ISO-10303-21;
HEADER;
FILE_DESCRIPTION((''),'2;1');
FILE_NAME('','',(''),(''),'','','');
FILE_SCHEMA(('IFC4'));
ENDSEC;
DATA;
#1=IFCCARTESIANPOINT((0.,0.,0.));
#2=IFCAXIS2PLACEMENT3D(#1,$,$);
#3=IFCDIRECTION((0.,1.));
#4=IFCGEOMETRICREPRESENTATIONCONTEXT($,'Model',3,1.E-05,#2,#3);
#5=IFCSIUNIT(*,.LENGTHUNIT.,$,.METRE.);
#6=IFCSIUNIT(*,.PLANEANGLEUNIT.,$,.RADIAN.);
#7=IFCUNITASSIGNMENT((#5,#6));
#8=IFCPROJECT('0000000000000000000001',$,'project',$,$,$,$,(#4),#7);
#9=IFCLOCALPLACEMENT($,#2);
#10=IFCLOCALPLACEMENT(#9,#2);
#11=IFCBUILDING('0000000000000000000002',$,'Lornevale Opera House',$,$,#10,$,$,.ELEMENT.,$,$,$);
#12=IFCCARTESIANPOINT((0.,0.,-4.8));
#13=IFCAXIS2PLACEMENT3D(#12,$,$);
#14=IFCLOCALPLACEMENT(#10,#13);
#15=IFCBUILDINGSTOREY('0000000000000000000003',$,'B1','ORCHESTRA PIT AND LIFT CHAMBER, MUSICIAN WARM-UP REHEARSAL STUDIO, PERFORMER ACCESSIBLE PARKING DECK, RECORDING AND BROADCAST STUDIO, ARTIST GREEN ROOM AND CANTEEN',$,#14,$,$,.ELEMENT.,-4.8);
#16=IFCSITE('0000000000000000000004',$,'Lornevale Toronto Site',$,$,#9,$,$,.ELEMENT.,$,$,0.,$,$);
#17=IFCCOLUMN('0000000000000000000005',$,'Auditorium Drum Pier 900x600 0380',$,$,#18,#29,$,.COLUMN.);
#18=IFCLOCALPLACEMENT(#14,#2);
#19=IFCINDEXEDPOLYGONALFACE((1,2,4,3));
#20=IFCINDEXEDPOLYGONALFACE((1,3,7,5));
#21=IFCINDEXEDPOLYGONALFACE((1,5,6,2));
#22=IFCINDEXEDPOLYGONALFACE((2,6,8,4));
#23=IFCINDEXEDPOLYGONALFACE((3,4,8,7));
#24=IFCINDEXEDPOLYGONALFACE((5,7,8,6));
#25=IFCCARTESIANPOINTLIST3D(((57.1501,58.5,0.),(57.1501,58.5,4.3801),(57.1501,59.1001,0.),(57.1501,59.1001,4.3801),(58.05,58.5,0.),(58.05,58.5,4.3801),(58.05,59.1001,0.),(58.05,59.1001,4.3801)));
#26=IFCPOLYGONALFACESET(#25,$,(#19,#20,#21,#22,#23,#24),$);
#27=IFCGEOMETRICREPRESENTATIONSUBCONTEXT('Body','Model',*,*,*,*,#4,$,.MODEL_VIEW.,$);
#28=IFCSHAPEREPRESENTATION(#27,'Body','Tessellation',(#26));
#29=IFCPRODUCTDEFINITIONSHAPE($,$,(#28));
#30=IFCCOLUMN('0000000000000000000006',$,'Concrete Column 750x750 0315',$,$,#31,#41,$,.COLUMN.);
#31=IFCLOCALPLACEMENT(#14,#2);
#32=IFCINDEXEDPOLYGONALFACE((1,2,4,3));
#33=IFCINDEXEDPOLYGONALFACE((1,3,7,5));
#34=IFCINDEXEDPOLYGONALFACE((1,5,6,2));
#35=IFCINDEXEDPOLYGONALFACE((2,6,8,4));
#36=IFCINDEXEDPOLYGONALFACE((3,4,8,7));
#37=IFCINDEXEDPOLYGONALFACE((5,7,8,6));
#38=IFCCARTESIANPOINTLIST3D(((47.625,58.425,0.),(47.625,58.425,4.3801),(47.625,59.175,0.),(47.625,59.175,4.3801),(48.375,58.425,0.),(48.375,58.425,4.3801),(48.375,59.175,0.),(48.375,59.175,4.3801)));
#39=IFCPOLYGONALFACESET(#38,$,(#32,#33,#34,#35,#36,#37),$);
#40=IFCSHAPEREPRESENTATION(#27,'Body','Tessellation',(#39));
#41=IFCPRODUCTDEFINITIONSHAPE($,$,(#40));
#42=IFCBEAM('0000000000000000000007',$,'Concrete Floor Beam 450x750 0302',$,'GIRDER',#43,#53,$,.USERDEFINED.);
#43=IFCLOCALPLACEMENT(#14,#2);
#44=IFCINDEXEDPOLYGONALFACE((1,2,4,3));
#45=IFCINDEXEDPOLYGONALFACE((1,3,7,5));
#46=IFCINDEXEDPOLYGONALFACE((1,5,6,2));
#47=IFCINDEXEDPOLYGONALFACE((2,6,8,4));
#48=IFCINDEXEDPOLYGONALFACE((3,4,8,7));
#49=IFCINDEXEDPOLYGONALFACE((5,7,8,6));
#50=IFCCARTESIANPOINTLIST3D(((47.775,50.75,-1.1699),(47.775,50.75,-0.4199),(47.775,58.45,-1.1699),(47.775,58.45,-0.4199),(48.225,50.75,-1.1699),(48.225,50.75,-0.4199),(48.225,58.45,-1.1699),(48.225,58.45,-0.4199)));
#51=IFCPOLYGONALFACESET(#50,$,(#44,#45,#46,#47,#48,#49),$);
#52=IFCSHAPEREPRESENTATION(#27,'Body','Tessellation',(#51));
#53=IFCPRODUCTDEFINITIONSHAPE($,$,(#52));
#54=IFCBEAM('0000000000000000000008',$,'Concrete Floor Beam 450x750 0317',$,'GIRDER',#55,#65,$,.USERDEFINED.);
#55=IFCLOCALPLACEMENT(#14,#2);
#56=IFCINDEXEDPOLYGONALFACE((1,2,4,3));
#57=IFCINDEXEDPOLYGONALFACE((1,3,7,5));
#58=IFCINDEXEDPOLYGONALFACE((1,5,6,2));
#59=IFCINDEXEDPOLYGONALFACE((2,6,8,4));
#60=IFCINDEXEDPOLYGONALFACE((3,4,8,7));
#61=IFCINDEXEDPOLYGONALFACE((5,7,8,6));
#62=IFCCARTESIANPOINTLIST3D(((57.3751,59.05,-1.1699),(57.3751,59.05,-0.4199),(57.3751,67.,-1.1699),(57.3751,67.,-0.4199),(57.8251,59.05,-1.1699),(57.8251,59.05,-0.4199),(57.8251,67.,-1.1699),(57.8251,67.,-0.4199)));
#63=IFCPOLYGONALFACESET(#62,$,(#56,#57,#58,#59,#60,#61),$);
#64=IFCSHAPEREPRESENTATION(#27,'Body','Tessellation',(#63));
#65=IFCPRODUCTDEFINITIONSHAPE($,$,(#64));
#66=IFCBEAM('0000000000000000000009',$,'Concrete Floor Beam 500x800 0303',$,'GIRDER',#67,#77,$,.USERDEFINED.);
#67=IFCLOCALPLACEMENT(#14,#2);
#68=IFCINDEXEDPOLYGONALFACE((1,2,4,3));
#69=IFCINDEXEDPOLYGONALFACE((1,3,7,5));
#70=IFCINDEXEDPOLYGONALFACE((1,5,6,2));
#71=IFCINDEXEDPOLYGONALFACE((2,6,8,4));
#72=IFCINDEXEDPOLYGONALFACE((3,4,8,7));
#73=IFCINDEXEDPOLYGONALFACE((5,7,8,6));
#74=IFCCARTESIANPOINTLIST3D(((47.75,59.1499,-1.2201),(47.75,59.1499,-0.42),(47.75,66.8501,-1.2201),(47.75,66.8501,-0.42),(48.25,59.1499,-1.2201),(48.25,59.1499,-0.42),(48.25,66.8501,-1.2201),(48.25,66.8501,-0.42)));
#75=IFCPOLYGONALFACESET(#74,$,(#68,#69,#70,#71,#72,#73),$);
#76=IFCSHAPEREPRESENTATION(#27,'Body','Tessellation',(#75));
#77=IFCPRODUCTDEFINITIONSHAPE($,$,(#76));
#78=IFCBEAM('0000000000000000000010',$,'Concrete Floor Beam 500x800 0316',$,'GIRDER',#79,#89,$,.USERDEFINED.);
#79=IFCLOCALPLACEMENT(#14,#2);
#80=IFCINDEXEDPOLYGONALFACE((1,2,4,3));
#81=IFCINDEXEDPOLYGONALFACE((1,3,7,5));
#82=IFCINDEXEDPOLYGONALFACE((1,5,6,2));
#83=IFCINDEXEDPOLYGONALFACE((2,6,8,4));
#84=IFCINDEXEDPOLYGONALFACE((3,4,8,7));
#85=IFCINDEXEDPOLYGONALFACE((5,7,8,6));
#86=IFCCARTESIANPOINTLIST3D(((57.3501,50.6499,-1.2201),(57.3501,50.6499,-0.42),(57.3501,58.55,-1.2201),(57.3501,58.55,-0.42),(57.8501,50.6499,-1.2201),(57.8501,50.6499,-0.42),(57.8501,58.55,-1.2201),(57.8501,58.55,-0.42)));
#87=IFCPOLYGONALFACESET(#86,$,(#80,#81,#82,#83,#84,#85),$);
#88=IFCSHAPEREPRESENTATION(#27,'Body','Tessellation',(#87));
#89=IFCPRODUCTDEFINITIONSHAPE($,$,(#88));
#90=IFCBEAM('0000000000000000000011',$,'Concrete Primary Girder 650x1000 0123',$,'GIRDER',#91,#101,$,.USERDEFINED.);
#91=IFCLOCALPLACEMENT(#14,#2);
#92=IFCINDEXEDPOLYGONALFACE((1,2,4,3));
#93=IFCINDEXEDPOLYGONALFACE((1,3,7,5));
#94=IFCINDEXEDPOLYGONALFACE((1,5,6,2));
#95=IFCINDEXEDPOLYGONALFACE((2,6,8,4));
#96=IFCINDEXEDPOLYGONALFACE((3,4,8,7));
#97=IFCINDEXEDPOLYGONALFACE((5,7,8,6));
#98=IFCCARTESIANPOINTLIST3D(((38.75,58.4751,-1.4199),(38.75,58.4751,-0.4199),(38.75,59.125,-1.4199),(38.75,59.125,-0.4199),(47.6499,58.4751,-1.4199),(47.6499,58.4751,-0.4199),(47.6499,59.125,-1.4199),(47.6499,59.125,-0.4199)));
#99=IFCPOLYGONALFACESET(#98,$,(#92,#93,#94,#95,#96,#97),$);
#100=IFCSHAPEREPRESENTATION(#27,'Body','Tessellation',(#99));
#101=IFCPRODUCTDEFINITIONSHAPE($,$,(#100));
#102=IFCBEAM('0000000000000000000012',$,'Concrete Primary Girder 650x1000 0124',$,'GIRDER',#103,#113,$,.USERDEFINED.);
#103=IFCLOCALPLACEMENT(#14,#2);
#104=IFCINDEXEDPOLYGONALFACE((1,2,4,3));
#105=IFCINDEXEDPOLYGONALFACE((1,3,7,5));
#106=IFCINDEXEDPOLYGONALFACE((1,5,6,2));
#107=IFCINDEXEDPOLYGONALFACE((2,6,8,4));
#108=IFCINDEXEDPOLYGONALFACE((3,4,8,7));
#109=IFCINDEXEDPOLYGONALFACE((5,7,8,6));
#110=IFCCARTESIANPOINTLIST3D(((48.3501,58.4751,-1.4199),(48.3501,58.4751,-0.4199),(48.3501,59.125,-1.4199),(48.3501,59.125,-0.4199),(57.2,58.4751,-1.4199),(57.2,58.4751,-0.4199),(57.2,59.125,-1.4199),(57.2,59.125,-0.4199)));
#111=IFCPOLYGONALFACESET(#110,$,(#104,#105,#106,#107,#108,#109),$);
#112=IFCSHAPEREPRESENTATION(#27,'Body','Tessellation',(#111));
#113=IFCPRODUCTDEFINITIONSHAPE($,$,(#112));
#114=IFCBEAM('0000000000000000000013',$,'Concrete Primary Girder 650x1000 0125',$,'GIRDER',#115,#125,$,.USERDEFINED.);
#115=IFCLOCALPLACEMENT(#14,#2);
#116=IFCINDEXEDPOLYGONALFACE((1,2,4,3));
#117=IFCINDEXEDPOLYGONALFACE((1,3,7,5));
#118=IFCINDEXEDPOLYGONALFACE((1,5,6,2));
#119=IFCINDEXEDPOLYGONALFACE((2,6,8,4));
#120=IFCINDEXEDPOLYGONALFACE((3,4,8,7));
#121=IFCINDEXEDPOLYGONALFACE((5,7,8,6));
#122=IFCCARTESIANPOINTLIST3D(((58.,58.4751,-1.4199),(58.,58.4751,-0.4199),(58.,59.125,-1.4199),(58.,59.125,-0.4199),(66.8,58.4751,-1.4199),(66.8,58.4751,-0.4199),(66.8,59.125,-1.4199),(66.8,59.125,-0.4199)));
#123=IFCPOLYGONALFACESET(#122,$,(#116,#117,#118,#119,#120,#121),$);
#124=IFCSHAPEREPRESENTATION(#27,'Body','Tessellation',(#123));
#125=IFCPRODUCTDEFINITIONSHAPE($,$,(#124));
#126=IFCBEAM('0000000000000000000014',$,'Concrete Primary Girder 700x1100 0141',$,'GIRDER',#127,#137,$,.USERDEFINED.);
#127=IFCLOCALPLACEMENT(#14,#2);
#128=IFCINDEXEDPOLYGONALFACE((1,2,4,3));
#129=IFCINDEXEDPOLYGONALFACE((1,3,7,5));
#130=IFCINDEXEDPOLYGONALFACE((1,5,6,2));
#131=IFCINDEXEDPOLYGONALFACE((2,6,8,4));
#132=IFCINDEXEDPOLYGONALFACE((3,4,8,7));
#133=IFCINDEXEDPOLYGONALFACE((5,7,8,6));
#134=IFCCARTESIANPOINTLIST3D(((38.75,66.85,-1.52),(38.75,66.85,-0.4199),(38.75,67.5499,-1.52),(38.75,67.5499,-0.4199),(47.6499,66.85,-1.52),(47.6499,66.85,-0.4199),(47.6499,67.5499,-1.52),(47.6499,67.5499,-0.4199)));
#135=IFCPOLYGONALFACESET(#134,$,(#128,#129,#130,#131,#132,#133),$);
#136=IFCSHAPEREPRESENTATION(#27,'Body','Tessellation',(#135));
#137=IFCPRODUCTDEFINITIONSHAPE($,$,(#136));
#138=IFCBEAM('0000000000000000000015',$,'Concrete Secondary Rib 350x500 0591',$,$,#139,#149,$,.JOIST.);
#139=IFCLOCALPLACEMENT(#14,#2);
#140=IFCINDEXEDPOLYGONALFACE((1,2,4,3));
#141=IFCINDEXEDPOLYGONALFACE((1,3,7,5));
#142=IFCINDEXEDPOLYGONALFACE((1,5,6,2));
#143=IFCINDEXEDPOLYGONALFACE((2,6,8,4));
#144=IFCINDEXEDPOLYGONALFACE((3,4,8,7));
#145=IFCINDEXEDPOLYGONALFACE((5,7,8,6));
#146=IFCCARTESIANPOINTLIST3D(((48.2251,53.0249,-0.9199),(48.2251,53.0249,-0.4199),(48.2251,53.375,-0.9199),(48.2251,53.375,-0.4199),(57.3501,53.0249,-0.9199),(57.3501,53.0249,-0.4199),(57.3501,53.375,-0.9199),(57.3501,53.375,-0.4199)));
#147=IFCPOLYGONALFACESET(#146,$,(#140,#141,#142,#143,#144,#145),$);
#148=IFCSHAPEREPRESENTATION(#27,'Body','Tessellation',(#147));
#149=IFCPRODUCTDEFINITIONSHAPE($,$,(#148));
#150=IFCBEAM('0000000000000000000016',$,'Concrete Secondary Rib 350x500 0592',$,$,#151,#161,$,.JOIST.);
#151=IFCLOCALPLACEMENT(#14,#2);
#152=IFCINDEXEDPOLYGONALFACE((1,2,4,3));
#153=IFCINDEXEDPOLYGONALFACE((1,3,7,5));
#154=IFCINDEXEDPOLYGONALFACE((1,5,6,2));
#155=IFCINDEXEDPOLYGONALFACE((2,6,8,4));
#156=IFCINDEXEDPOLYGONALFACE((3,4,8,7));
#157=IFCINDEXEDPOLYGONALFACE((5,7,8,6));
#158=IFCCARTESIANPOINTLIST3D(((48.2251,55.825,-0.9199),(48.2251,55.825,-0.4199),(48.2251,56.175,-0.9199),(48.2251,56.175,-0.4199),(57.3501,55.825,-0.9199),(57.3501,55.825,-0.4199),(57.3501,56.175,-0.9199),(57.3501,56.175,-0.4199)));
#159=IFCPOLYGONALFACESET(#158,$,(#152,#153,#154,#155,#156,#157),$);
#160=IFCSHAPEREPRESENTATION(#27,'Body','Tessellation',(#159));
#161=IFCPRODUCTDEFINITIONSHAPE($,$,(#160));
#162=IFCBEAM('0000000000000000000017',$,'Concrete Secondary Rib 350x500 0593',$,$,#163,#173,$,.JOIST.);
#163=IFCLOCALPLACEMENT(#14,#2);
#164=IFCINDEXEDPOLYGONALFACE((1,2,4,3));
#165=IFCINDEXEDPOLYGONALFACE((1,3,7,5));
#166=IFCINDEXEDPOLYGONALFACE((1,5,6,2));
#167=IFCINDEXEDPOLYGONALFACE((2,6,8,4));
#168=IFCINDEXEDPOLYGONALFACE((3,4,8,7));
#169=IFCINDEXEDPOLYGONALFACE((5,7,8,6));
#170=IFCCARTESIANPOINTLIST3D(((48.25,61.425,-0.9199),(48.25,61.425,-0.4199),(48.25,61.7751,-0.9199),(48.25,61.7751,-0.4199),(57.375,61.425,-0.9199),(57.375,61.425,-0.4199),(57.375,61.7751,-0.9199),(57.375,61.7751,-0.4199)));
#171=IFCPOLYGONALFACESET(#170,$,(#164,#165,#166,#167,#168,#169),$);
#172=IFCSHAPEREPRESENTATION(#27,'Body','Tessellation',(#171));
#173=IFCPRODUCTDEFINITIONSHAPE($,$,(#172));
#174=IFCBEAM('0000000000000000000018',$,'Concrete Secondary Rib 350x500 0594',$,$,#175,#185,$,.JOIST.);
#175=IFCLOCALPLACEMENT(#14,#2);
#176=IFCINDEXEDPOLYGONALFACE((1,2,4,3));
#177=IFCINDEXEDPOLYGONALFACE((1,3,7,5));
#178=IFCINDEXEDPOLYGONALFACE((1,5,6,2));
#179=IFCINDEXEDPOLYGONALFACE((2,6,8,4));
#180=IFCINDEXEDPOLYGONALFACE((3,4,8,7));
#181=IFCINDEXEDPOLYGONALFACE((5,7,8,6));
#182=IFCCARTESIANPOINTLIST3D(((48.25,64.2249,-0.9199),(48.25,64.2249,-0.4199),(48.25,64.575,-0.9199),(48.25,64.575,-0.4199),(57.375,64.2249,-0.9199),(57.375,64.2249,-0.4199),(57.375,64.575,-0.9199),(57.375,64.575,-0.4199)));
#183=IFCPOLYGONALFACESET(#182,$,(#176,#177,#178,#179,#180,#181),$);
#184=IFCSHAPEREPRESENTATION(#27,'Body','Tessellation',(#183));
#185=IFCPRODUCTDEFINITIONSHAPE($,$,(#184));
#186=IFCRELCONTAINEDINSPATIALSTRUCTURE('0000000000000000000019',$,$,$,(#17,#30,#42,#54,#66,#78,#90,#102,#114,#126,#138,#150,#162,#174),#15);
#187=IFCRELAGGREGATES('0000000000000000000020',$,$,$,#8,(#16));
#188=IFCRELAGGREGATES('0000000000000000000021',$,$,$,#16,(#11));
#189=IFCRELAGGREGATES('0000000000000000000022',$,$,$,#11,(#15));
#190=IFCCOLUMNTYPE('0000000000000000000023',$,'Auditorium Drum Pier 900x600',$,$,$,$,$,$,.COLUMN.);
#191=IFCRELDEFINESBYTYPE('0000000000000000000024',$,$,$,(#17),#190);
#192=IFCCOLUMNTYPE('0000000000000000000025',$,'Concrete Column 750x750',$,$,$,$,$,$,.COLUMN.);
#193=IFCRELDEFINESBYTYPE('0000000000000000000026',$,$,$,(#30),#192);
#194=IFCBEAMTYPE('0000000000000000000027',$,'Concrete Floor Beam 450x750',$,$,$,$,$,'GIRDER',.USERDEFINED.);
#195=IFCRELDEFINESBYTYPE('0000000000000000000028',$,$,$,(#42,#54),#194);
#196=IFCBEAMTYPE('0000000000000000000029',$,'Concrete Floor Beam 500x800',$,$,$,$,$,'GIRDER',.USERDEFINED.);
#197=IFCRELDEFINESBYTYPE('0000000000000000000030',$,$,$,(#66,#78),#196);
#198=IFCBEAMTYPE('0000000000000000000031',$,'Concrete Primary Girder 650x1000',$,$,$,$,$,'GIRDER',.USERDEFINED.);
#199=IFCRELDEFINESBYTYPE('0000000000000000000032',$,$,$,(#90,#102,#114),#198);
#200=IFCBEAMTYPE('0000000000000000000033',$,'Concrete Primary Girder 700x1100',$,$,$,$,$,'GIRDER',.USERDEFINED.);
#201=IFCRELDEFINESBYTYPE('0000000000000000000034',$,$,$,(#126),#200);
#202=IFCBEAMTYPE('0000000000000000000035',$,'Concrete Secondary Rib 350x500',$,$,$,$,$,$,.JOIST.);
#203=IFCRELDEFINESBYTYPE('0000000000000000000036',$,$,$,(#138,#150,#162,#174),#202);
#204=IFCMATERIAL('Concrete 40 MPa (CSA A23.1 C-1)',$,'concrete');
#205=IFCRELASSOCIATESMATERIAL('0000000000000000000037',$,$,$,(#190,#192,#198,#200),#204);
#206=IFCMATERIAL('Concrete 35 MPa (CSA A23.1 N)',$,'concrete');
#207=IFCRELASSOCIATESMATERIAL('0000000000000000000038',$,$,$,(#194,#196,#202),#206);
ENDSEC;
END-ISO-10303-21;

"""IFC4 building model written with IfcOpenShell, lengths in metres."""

from ifc_helpers import new_model, si_unit, direction, frame, origin, origin_2d, place, context, subcontext, project, spatial, rectangle, extrude, material, material_profile, profile_set, type_object, element, save


model = new_model("IFC4")

# Units and contexts
model_context = context("Model", 3, precision=1e-05, world=origin(), true_north=direction((0.0, 1.0)))
body_context = subcontext(model_context, "Body", "Model", "MODEL_VIEW")
ifc_project = project(units=[si_unit("LENGTHUNIT", "METRE"), si_unit("PLANEANGLEUNIT", "RADIAN")], contexts=[model_context])

# Site, building, storey
site_placement = place(None, origin())
site = spatial("IfcSite", under=ifc_project, at=site_placement, Name="Lornevale Toronto Site", CompositionType="ELEMENT", RefElevation=0.0)
building_placement = place(site_placement, origin())
building = spatial("IfcBuilding", under=site, at=building_placement, Name="Lornevale Opera House", CompositionType="ELEMENT")
storey_placement = place(building_placement, frame((0.0, 0.0, -4.8)))
storey = spatial("IfcBuildingStorey", under=building, at=storey_placement, Name="B1", Description="ORCHESTRA PIT AND LIFT CHAMBER, MUSICIAN WARM-UP REHEARSAL STUDIO, PERFORMER ACCESSIBLE PARKING DECK, RECORDING AND BROADCAST STUDIO, ARTIST GREEN ROOM AND CANTEEN", CompositionType="ELEMENT", Elevation=-4.8)

# Columns
ifc_material_1 = material(Name="Concrete 40 MPa (CSA A23.1 C-1)", Category="concrete")
ifc_material_profile_1 = material_profile(ifc_material_1, rectangle(XDim=0.8999, YDim=0.6001, at=origin_2d()), Name="RC900x600")
ifc_profile_set_1 = profile_set([ifc_material_profile_1], Name="Concrete 40 MPa (CSA A23.1 C-1)")
column_type_1 = type_object("IfcColumnType", Name="Auditorium Drum Pier 900x600", PredefinedType="COLUMN", material=ifc_profile_set_1)
column_1_placement = place(storey_placement, frame((57.6001, 58.8, 0.0), z_axis=(0.0, 0.0, 1.0), x_axis=(1.0, 0.0, 0.0)))
element("IfcColumn", 1, at=column_1_placement, inside=storey, type_object=column_type_1, Name="Auditorium Drum Pier 900x600 0380", PredefinedType="COLUMN", context=body_context, shape_type="SweptSolid", body=[
    extrude(rectangle(XDim=0.8999, YDim=0.6001, at=origin_2d()), origin(), (0.0, 0.0, 1.0), 4.3801),
])
ifc_material_profile_2 = material_profile(ifc_material_1, rectangle(XDim=0.75, YDim=0.75, at=origin_2d()), Name="RC750x750")
ifc_profile_set_2 = profile_set([ifc_material_profile_2], Name="Concrete 40 MPa (CSA A23.1 C-1)")
column_type_2 = type_object("IfcColumnType", Name="Concrete Column 750x750", PredefinedType="COLUMN", material=ifc_profile_set_2)
column_2_placement = place(storey_placement, frame((48.0, 58.8, 0.0), z_axis=(0.0, 0.0, 1.0), x_axis=(1.0, 0.0, 0.0)))
element("IfcColumn", 2, at=column_2_placement, inside=storey, type_object=column_type_2, Name="Concrete Column 750x750 0315", PredefinedType="COLUMN", context=body_context, shape_type="SweptSolid", body=[
    extrude(rectangle(XDim=0.75, YDim=0.75, at=origin_2d()), origin(), (0.0, 0.0, 1.0), 4.3801),
])

# Beams
ifc_material_2 = material(Name="Concrete 35 MPa (CSA A23.1 N)", Category="concrete")
ifc_material_profile_3 = material_profile(ifc_material_2, rectangle(XDim=0.45, YDim=0.75, at=origin_2d()), Name="RC450x750")
ifc_profile_set_3 = profile_set([ifc_material_profile_3], Name="Concrete 35 MPa (CSA A23.1 N)")
beam_type_1 = type_object("IfcBeamType", Name="Concrete Floor Beam 450x750", ElementType="GIRDER", PredefinedType="USERDEFINED", material=ifc_profile_set_3)
beam_1_placement = place(storey_placement, frame((48.0, 50.75, -0.7949), z_axis=(0.0, 1.0, 0.0), x_axis=(-1.0, 0.0, 0.0)))
element("IfcBeam", 3, at=beam_1_placement, inside=storey, type_object=beam_type_1, Name="Concrete Floor Beam 450x750 0302", ObjectType="GIRDER", PredefinedType="USERDEFINED", context=body_context, shape_type="SweptSolid", body=[
    extrude(rectangle(XDim=0.45, YDim=0.75, at=origin_2d()), origin(), (0.0, 0.0, 1.0), 7.7),
])
beam_2_placement = place(storey_placement, frame((57.6001, 59.05, -0.7949), z_axis=(0.0, 1.0, 0.0), x_axis=(-1.0, 0.0, 0.0)))
element("IfcBeam", 4, at=beam_2_placement, inside=storey, type_object=beam_type_1, Name="Concrete Floor Beam 450x750 0317", ObjectType="GIRDER", PredefinedType="USERDEFINED", context=body_context, shape_type="SweptSolid", body=[
    extrude(rectangle(XDim=0.45, YDim=0.75, at=origin_2d()), origin(), (0.0, 0.0, 1.0), 7.95),
])
ifc_material_profile_4 = material_profile(ifc_material_2, rectangle(XDim=0.5, YDim=0.8, at=origin_2d()), Name="RC500x800")
ifc_profile_set_4 = profile_set([ifc_material_profile_4], Name="Concrete 35 MPa (CSA A23.1 N)")
beam_type_2 = type_object("IfcBeamType", Name="Concrete Floor Beam 500x800", ElementType="GIRDER", PredefinedType="USERDEFINED", material=ifc_profile_set_4)
beam_3_placement = place(storey_placement, frame((48.0, 59.1499, -0.8201), z_axis=(0.0, 1.0, 0.0), x_axis=(-1.0, 0.0, 0.0)))
element("IfcBeam", 5, at=beam_3_placement, inside=storey, type_object=beam_type_2, Name="Concrete Floor Beam 500x800 0303", ObjectType="GIRDER", PredefinedType="USERDEFINED", context=body_context, shape_type="SweptSolid", body=[
    extrude(rectangle(XDim=0.5, YDim=0.8, at=origin_2d()), origin(), (0.0, 0.0, 1.0), 7.7002),
])
beam_4_placement = place(storey_placement, frame((57.6001, 50.6499, -0.8201), z_axis=(0.0, 1.0, 0.0), x_axis=(-1.0, 0.0, 0.0)))
element("IfcBeam", 6, at=beam_4_placement, inside=storey, type_object=beam_type_2, Name="Concrete Floor Beam 500x800 0316", ObjectType="GIRDER", PredefinedType="USERDEFINED", context=body_context, shape_type="SweptSolid", body=[
    extrude(rectangle(XDim=0.5, YDim=0.8, at=origin_2d()), origin(), (0.0, 0.0, 1.0), 7.9001),
])
ifc_material_profile_5 = material_profile(ifc_material_1, rectangle(XDim=0.6499, YDim=1.0, at=origin_2d()), Name="RC650x1000")
ifc_profile_set_5 = profile_set([ifc_material_profile_5], Name="Concrete 40 MPa (CSA A23.1 C-1)")
beam_type_3 = type_object("IfcBeamType", Name="Concrete Primary Girder 650x1000", ElementType="GIRDER", PredefinedType="USERDEFINED", material=ifc_profile_set_5)
beam_5_placement = place(storey_placement, frame((38.75, 58.8, -0.9199), z_axis=(1.0, 0.0, 0.0), x_axis=(0.0, 1.0, 0.0)))
element("IfcBeam", 7, at=beam_5_placement, inside=storey, type_object=beam_type_3, Name="Concrete Primary Girder 650x1000 0123", ObjectType="GIRDER", PredefinedType="USERDEFINED", context=body_context, shape_type="SweptSolid", body=[
    extrude(rectangle(XDim=0.6499, YDim=1.0, at=origin_2d()), origin(), (0.0, 0.0, 1.0), 8.8999),
])
beam_6_placement = place(storey_placement, frame((48.3501, 58.8, -0.9199), z_axis=(1.0, 0.0, 0.0), x_axis=(0.0, 1.0, 0.0)))
element("IfcBeam", 8, at=beam_6_placement, inside=storey, type_object=beam_type_3, Name="Concrete Primary Girder 650x1000 0124", ObjectType="GIRDER", PredefinedType="USERDEFINED", context=body_context, shape_type="SweptSolid", body=[
    extrude(rectangle(XDim=0.6499, YDim=1.0, at=origin_2d()), origin(), (0.0, 0.0, 1.0), 8.8499),
])
beam_7_placement = place(storey_placement, frame((58.0, 58.8, -0.9199), z_axis=(1.0, 0.0, 0.0), x_axis=(0.0, 1.0, 0.0)))
element("IfcBeam", 9, at=beam_7_placement, inside=storey, type_object=beam_type_3, Name="Concrete Primary Girder 650x1000 0125", ObjectType="GIRDER", PredefinedType="USERDEFINED", context=body_context, shape_type="SweptSolid", body=[
    extrude(rectangle(XDim=0.6499, YDim=1.0, at=origin_2d()), origin(), (0.0, 0.0, 1.0), 8.8),
])
ifc_material_profile_6 = material_profile(ifc_material_1, rectangle(XDim=0.7, YDim=1.1001, at=origin_2d()), Name="RC700x1100")
ifc_profile_set_6 = profile_set([ifc_material_profile_6], Name="Concrete 40 MPa (CSA A23.1 C-1)")
beam_type_4 = type_object("IfcBeamType", Name="Concrete Primary Girder 700x1100", ElementType="GIRDER", PredefinedType="USERDEFINED", material=ifc_profile_set_6)
beam_8_placement = place(storey_placement, frame((38.75, 67.2, -0.97), z_axis=(1.0, 0.0, 0.0), x_axis=(0.0, 1.0, 0.0)))
element("IfcBeam", 10, at=beam_8_placement, inside=storey, type_object=beam_type_4, Name="Concrete Primary Girder 700x1100 0141", ObjectType="GIRDER", PredefinedType="USERDEFINED", context=body_context, shape_type="SweptSolid", body=[
    extrude(rectangle(XDim=0.7, YDim=1.1001, at=origin_2d()), origin(), (0.0, 0.0, 1.0), 8.8999),
])
ifc_material_profile_7 = material_profile(ifc_material_2, rectangle(XDim=0.3501, YDim=0.5, at=origin_2d()), Name="RC350x500")
ifc_profile_set_7 = profile_set([ifc_material_profile_7], Name="Concrete 35 MPa (CSA A23.1 N)")
beam_type_5 = type_object("IfcBeamType", Name="Concrete Secondary Rib 350x500", PredefinedType="JOIST", material=ifc_profile_set_7)
for number, where, z_axis, x_axis, name in (
    (11, (48.2251, 53.2, -0.6699), (1.0, 0.0, 0.0), (0.0, 1.0, 0.0), "Concrete Secondary Rib 350x500 0591"),
    (12, (48.2251, 56.0, -0.6699), (1.0, 0.0, 0.0), (0.0, 1.0, 0.0), "Concrete Secondary Rib 350x500 0592"),
    (13, (48.25, 61.6001, -0.6699), (1.0, 0.0, 0.0), (0.0, 1.0, 0.0), "Concrete Secondary Rib 350x500 0593"),
    (14, (48.25, 64.3999, -0.6699), (1.0, 0.0, 0.0), (0.0, 1.0, 0.0), "Concrete Secondary Rib 350x500 0594"),
):
    element("IfcBeam", number, at=place(storey_placement, frame(where, z_axis=z_axis, x_axis=x_axis)), inside=storey, type_object=beam_type_5, Name=name, PredefinedType="JOIST", context=body_context, shape_type="SweptSolid", body=[
        extrude(rectangle(XDim=0.3501, YDim=0.5, at=origin_2d()), origin(), (0.0, 0.0, 1.0), 9.125),
    ])

save(model, "model.ifc")
